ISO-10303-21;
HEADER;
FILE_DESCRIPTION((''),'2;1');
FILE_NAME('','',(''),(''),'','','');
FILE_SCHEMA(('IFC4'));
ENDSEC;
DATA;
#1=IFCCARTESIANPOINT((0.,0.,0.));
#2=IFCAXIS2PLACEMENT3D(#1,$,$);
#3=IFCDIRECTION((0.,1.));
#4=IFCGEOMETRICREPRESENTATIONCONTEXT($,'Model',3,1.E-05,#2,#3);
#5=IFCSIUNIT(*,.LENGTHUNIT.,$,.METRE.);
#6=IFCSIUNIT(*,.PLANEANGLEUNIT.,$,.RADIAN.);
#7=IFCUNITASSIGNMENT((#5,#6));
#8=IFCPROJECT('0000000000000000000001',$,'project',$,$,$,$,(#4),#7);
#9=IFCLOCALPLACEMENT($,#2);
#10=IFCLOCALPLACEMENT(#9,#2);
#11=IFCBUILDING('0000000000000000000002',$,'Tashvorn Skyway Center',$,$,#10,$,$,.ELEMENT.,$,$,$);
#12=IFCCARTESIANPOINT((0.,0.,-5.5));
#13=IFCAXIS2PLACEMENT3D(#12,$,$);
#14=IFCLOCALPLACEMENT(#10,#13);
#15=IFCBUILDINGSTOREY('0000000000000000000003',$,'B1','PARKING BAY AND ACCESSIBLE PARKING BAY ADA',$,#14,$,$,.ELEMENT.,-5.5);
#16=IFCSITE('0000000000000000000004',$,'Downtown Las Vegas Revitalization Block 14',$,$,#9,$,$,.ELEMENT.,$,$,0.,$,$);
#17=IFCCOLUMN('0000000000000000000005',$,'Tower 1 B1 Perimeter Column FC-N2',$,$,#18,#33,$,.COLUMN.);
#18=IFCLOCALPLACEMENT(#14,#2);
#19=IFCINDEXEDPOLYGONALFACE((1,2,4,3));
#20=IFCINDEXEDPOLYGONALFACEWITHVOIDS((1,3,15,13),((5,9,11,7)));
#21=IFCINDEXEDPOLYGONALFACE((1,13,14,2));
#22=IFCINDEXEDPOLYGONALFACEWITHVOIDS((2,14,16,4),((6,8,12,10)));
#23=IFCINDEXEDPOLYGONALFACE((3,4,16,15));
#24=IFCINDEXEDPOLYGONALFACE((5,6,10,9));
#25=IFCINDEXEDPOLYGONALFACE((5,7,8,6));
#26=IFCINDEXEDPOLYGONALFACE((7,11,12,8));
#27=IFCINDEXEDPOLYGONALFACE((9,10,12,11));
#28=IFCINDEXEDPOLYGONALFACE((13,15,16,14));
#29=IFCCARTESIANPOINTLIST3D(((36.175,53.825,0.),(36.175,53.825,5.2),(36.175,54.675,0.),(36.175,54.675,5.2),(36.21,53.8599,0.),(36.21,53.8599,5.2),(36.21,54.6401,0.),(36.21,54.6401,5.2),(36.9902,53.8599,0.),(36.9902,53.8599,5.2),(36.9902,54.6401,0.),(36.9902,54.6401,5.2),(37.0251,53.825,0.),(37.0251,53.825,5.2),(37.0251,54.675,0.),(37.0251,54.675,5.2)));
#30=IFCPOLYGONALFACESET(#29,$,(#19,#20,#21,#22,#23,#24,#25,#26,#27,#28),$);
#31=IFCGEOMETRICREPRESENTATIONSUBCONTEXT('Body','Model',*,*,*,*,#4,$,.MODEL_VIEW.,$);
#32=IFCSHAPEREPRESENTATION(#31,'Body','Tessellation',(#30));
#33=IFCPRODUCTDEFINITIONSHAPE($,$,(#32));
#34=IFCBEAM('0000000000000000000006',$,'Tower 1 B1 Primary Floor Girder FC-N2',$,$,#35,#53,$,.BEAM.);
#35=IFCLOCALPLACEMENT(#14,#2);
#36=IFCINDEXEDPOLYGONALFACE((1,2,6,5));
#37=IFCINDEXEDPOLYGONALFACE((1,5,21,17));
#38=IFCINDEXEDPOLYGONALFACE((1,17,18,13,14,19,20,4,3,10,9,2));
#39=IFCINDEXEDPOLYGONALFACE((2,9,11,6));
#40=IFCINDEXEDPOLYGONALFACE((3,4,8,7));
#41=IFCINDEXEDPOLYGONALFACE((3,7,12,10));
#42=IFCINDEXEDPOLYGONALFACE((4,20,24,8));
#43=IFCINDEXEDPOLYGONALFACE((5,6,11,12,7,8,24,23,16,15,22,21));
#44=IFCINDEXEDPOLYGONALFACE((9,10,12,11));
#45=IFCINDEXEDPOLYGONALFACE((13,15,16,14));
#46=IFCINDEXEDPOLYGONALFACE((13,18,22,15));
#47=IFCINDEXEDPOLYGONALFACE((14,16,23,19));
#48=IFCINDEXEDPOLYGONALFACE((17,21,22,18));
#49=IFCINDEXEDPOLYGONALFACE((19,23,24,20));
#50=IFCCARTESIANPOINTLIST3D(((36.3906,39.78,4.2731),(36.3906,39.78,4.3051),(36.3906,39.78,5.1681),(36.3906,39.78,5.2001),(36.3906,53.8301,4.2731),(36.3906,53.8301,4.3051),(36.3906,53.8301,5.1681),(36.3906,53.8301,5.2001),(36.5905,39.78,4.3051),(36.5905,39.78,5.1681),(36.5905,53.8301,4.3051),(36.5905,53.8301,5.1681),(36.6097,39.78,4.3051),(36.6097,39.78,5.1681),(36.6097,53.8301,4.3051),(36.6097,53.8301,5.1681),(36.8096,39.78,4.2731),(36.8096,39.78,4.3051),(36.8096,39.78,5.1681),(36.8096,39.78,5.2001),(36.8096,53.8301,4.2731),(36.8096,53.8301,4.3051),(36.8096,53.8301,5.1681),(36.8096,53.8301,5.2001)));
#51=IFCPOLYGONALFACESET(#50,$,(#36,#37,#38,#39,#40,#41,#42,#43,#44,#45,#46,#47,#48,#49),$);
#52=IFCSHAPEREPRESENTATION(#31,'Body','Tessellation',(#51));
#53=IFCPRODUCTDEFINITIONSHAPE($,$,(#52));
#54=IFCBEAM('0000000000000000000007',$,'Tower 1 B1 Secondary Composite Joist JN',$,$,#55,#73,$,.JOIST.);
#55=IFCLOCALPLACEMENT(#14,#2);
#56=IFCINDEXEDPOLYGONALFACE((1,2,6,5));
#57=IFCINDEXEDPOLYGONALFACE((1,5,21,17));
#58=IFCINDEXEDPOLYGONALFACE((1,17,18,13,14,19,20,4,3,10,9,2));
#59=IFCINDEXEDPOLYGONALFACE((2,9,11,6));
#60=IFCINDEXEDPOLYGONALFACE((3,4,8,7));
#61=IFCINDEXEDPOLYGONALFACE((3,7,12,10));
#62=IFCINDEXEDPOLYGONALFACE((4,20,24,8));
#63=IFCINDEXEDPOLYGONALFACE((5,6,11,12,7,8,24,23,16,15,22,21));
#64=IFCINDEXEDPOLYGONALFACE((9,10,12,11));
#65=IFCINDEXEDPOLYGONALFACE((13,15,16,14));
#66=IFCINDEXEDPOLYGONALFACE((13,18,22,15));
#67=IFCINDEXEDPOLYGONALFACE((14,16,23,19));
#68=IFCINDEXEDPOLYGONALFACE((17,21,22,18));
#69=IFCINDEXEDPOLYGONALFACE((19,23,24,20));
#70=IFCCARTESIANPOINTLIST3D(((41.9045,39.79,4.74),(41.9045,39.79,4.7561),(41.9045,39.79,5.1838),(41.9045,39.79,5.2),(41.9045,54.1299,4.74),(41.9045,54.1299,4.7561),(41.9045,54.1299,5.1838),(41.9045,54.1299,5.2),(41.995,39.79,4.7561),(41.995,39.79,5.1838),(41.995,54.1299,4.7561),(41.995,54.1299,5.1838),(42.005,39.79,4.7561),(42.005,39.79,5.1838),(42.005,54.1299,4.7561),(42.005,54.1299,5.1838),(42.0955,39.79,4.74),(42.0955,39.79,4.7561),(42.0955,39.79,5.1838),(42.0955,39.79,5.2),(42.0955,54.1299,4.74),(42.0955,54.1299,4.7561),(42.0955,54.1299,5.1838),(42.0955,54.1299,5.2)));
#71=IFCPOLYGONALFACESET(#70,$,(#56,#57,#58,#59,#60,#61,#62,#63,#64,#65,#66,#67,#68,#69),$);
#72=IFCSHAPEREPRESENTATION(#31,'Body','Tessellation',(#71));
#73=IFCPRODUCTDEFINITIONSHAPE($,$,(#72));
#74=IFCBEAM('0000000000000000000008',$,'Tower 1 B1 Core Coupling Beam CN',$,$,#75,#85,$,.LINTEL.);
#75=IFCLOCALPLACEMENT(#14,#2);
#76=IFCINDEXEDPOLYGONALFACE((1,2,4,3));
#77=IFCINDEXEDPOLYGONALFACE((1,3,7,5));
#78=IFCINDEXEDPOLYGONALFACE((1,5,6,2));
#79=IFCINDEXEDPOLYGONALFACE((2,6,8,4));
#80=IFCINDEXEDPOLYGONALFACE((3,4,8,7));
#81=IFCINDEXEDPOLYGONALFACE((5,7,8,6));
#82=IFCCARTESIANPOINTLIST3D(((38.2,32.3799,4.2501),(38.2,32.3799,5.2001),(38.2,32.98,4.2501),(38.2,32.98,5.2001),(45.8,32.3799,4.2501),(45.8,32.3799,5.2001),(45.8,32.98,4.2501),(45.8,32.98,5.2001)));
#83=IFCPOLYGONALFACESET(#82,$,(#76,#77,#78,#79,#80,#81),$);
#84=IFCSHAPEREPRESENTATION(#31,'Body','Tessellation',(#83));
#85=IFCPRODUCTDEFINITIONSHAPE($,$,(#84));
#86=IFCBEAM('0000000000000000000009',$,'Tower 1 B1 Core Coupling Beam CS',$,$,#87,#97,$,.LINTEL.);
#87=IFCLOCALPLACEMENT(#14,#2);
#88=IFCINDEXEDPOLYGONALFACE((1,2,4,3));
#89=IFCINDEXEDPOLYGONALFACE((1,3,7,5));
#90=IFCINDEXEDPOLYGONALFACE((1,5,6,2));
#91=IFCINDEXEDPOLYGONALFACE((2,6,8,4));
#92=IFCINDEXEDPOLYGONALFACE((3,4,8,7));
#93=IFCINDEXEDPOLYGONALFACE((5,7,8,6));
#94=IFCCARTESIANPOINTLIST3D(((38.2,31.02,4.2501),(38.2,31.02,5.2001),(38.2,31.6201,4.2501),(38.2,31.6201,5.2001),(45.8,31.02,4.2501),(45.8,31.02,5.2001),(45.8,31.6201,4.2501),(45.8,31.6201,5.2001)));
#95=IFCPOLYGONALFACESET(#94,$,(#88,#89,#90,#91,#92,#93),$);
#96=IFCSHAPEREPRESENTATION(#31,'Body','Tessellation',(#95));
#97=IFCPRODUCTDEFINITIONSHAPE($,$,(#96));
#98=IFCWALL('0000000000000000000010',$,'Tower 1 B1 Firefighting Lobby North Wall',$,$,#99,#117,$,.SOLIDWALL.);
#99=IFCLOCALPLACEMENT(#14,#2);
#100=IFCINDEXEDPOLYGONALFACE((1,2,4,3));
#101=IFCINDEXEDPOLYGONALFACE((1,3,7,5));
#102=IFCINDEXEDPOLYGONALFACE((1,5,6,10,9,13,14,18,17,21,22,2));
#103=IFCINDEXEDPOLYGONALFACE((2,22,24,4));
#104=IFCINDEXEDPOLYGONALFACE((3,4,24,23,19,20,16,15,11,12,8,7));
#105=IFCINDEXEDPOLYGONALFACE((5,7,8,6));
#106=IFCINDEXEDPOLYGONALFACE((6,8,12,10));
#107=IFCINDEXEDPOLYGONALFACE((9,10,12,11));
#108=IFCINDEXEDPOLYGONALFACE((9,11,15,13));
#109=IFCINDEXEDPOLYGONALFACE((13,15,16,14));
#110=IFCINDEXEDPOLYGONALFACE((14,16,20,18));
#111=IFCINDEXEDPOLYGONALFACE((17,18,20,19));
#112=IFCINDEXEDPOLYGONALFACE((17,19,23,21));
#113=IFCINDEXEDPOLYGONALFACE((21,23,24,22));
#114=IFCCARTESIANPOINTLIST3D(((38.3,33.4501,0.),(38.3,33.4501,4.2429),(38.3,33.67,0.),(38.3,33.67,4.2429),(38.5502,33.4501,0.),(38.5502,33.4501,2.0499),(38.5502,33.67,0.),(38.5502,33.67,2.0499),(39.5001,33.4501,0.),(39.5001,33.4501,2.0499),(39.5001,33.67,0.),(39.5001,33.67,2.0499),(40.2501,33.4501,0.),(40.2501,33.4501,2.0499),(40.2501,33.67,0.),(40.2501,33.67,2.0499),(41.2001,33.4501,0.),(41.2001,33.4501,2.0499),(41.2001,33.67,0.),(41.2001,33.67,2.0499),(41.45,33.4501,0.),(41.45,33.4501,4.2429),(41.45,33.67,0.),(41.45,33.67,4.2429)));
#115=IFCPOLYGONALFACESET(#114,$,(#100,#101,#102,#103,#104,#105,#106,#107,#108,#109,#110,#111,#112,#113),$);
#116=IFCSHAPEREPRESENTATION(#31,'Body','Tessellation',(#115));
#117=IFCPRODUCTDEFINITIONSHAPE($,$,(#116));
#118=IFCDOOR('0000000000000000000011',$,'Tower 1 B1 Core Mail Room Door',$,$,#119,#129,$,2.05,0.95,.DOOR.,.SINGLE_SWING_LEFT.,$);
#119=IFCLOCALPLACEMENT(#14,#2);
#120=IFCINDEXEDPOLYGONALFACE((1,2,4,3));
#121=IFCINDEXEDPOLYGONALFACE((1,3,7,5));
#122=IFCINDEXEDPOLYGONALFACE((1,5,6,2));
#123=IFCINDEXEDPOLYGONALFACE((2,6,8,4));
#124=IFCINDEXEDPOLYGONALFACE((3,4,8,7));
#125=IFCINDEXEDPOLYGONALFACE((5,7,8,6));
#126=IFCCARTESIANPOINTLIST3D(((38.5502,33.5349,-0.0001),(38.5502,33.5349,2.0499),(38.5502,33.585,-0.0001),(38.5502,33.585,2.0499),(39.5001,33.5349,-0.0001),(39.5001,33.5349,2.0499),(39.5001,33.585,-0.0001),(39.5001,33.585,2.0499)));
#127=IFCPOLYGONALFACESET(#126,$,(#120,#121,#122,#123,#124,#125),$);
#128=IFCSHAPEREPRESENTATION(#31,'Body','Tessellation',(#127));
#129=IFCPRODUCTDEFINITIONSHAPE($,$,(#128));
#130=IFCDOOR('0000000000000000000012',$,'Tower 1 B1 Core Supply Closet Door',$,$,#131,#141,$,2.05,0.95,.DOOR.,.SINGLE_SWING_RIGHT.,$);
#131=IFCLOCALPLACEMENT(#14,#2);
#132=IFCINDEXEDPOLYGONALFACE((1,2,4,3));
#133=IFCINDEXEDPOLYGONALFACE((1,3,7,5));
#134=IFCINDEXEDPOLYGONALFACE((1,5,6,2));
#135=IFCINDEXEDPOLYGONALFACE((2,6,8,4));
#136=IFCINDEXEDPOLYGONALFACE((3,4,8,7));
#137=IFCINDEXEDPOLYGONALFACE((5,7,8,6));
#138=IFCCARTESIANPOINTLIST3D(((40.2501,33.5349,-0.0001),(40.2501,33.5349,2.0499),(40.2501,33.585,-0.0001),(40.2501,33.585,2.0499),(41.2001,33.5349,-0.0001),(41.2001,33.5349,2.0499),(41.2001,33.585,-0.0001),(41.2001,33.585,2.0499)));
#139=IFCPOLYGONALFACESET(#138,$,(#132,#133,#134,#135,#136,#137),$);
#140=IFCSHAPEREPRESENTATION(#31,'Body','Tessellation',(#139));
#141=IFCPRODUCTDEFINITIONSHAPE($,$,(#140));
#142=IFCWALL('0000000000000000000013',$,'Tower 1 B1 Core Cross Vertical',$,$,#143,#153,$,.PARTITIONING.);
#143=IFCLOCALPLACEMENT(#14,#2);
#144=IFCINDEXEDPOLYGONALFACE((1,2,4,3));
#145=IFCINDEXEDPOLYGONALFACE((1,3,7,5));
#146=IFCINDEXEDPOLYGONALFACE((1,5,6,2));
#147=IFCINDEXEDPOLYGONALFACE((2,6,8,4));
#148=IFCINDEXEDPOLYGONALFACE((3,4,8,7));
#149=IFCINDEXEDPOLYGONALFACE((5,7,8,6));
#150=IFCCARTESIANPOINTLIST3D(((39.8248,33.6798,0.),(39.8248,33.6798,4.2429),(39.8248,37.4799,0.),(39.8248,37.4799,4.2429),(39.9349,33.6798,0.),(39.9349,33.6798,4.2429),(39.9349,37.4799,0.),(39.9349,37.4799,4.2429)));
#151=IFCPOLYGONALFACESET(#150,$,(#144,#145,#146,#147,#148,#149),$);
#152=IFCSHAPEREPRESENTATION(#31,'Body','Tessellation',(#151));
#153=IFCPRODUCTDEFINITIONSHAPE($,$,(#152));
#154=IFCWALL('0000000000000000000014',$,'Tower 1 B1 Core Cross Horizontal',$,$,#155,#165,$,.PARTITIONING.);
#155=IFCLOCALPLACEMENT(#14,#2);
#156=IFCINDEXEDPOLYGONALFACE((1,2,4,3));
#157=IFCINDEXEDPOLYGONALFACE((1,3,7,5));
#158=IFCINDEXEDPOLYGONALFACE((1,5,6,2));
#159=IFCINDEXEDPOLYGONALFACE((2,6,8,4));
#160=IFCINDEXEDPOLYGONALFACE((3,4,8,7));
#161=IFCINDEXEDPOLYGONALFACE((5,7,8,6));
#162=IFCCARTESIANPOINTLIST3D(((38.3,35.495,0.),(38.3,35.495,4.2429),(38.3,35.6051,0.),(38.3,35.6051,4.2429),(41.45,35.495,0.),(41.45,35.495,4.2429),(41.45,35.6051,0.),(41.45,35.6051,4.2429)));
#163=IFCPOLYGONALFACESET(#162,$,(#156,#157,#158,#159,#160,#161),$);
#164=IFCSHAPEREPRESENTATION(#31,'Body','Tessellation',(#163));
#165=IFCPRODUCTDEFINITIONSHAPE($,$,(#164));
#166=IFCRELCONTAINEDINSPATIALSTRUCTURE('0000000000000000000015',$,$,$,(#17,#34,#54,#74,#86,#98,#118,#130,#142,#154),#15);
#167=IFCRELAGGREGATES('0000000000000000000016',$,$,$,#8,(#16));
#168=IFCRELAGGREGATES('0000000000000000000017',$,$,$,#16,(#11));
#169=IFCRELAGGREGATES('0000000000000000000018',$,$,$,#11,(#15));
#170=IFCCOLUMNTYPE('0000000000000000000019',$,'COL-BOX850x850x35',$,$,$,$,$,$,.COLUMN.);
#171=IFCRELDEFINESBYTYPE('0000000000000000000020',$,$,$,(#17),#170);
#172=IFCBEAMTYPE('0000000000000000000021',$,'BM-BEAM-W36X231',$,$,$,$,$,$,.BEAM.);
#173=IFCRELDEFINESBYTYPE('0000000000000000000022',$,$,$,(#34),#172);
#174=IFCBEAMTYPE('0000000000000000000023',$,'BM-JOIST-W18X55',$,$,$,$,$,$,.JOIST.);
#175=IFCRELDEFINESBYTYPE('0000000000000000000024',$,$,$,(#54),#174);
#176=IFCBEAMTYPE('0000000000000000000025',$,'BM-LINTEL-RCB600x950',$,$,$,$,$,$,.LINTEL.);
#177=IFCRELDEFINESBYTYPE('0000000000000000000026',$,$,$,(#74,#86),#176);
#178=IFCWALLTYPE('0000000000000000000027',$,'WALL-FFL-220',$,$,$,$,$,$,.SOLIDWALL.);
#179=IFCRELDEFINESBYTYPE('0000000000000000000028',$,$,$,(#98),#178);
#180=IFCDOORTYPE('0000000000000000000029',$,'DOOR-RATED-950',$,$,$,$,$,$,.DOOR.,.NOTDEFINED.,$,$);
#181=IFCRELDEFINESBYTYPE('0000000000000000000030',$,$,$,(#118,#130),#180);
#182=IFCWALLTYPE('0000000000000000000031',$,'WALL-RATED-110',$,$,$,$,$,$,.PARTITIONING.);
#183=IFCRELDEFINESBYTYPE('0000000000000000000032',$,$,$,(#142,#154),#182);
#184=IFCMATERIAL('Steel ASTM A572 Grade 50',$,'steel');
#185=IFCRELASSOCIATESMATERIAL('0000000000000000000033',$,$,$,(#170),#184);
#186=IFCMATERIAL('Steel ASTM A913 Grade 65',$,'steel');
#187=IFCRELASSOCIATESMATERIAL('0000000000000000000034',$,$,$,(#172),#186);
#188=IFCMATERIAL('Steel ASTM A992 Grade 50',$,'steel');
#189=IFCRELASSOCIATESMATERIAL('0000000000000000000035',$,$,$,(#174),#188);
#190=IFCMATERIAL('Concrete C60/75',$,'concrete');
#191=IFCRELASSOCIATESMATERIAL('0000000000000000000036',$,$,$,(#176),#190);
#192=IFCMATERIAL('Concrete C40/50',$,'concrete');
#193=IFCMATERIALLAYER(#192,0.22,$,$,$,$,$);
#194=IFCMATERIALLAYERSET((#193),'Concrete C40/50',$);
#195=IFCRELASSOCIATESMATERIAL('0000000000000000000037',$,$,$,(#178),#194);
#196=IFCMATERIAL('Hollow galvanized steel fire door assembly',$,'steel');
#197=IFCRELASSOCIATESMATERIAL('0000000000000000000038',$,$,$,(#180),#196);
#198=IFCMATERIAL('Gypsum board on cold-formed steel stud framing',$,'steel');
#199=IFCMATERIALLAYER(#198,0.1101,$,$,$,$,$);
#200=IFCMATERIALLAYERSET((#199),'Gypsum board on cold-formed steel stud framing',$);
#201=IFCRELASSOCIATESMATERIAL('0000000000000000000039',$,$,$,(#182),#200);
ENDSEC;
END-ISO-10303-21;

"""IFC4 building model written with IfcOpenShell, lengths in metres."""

from ifc_helpers import new_model, si_unit, direction, frame, frame_2d, origin, origin_2d, place, context, subcontext, project, spatial, rectangle, hollow_rectangle, i_section, extrude, material, layer, layer_set, material_profile, profile_set, type_object, element, fill, save


model = new_model("IFC4")

# Units and contexts
model_context = context("Model", 3, precision=1e-05, world=origin(), true_north=direction((0.0, 1.0)))
body_context = subcontext(model_context, "Body", "Model", "MODEL_VIEW")
ifc_project = project(units=[si_unit("LENGTHUNIT", "METRE"), si_unit("PLANEANGLEUNIT", "RADIAN")], contexts=[model_context])

# Site, building, storey
site_placement = place(None, origin())
site = spatial("IfcSite", under=ifc_project, at=site_placement, Name="Downtown Las Vegas Revitalization Block 14", CompositionType="ELEMENT", RefElevation=0.0)
building_placement = place(site_placement, origin())
building = spatial("IfcBuilding", under=site, at=building_placement, Name="Tashvorn Skyway Center", CompositionType="ELEMENT")
storey_placement = place(building_placement, frame((0.0, 0.0, -5.5)))
storey = spatial("IfcBuildingStorey", under=building, at=storey_placement, Name="B1", Description="PARKING BAY AND ACCESSIBLE PARKING BAY ADA", CompositionType="ELEMENT", Elevation=-5.5)

# Column
ifc_material_1 = material(Name="Steel ASTM A572 Grade 50", Category="steel")
ifc_material_profile_1 = material_profile(ifc_material_1, hollow_rectangle(XDim=0.8501, YDim=0.8501, WallThickness=0.0349, at=origin_2d()), Name="BOX850x850x35")
ifc_profile_set_1 = profile_set([ifc_material_profile_1], Name="Steel ASTM A572 Grade 50")
column_type = type_object("IfcColumnType", Name="COL-BOX850x850x35", PredefinedType="COLUMN", material=ifc_profile_set_1)
column_placement = place(storey_placement, frame((36.6001, 54.25, 0.0), z_axis=(0.0, 0.0, 1.0), x_axis=(1.0, 0.0, 0.0)))
element("IfcColumn", 1, at=column_placement, inside=storey, type_object=column_type, Name="Tower 1 B1 Perimeter Column FC-N2", PredefinedType="COLUMN", context=body_context, shape_type="SweptSolid", body=[
    extrude(hollow_rectangle(XDim=0.8501, YDim=0.8501, WallThickness=0.0349, at=origin_2d()), origin(), (0.0, 0.0, 1.0), 5.2),
])

# Beams
ifc_material_2 = material(Name="Steel ASTM A913 Grade 65", Category="steel")
ifc_material_profile_2 = material_profile(ifc_material_2, i_section(OverallWidth=0.4189, OverallDepth=0.927, WebThickness=0.0193, FlangeThickness=0.032, at=origin_2d()), Name="W36X231")
ifc_profile_set_2 = profile_set([ifc_material_profile_2], Name="Steel ASTM A913 Grade 65")
beam_type_1 = type_object("IfcBeamType", Name="BM-BEAM-W36X231", PredefinedType="BEAM", material=ifc_profile_set_2)
beam_1_placement = place(storey_placement, frame((36.6001, 53.8301, 4.7366), z_axis=(0.0, -1.0, 0.0), x_axis=(1.0, 0.0, 0.0)))
element("IfcBeam", 2, at=beam_1_placement, inside=storey, type_object=beam_type_1, Name="Tower 1 B1 Primary Floor Girder FC-N2", PredefinedType="BEAM", context=body_context, shape_type="SweptSolid", body=[
    extrude(i_section(OverallWidth=0.4189, OverallDepth=0.927, WebThickness=0.0193, FlangeThickness=0.032, at=origin_2d()), origin(), (0.0, 0.0, 1.0), 14.05),
])
ifc_material_3 = material(Name="Steel ASTM A992 Grade 50", Category="steel")
ifc_material_profile_3 = material_profile(ifc_material_3, i_section(OverallWidth=0.1909, OverallDepth=0.46, WebThickness=0.01, FlangeThickness=0.0161, at=origin_2d()), Name="W18X55")
ifc_profile_set_3 = profile_set([ifc_material_profile_3], Name="Steel ASTM A992 Grade 50")
beam_type_2 = type_object("IfcBeamType", Name="BM-JOIST-W18X55", PredefinedType="JOIST", material=ifc_profile_set_3)
beam_2_placement = place(storey_placement, frame((42.0, 39.79, 4.97), z_axis=(0.0, 1.0, 0.0), x_axis=(-1.0, 0.0, 0.0)))
element("IfcBeam", 3, at=beam_2_placement, inside=storey, type_object=beam_type_2, Name="Tower 1 B1 Secondary Composite Joist JN", PredefinedType="JOIST", context=body_context, shape_type="SweptSolid", body=[
    extrude(i_section(OverallWidth=0.1909, OverallDepth=0.46, WebThickness=0.01, FlangeThickness=0.0161, at=origin_2d()), origin(), (0.0, 0.0, 1.0), 14.3398),
])
ifc_material_4 = material(Name="Concrete C60/75", Category="concrete")
ifc_material_profile_4 = material_profile(ifc_material_4, rectangle(XDim=0.6001, YDim=0.95, at=origin_2d()), Name="RCB600x950")
ifc_profile_set_4 = profile_set([ifc_material_profile_4], Name="Concrete C60/75")
beam_type_3 = type_object("IfcBeamType", Name="BM-LINTEL-RCB600x950", PredefinedType="LINTEL", material=ifc_profile_set_4)
for number, where, z_axis, x_axis, name in (
    (4, (38.2, 32.6799, 4.7251), (1.0, 0.0, 0.0), (0.0, 1.0, 0.0), "Tower 1 B1 Core Coupling Beam CN"),
    (5, (38.2, 31.3201, 4.7251), (1.0, 0.0, 0.0), (0.0, 1.0, 0.0), "Tower 1 B1 Core Coupling Beam CS"),
):
    element("IfcBeam", number, at=place(storey_placement, frame(where, z_axis=z_axis, x_axis=x_axis)), inside=storey, type_object=beam_type_3, Name=name, PredefinedType="LINTEL", context=body_context, shape_type="SweptSolid", body=[
        extrude(rectangle(XDim=0.6001, YDim=0.95, at=origin_2d()), origin(), (0.0, 0.0, 1.0), 7.6001),
    ])

# Wall, openings, doors
ifc_material_5 = material(Name="Concrete C40/50", Category="concrete")
ifc_layer_1 = layer(ifc_material_5, 0.22)
ifc_layer_set_1 = layer_set([ifc_layer_1], Name="Concrete C40/50")
wall_type_1 = type_object("IfcWallType", Name="WALL-FFL-220", PredefinedType="SOLIDWALL", material=ifc_layer_set_1)
wall_1_placement = place(storey_placement, frame((38.3, 33.5601, 0.0), z_axis=(0.0, 0.0, 1.0), x_axis=(1.0, 0.0, 0.0)))
wall_1 = element("IfcWall", 6, at=wall_1_placement, inside=storey, type_object=wall_type_1, Name="Tower 1 B1 Firefighting Lobby North Wall", PredefinedType="SOLIDWALL", context=body_context, shape_type="SweptSolid", body=[
    extrude(rectangle(XDim=3.1499, YDim=0.22, at=frame_2d((1.575, 0.0))), origin(), (0.0, 0.0, 1.0), 4.2429),
])
opening_1_placement = place(wall_1_placement, frame((0.25, 0.0, 0.0)))
opening_1 = element("IfcOpeningElement", 7, at=opening_1_placement, cuts=wall_1, PredefinedType="OPENING", context=body_context, shape_type="SweptSolid", body=[
    extrude(rectangle(XDim=0.95, YDim=2.05, at=frame_2d((0.4751, 1.0249))), frame((0.0, 0.1199, 0.0), z_axis=(0.0, -1.0, 0.0), x_axis=(1.0, 0.0, 0.0)), (0.0, 0.0, 1.0), 0.24),
])
opening_2_placement = place(wall_1_placement, frame((1.95, 0.0, 0.0)))
opening_2 = element("IfcOpeningElement", 8, at=opening_2_placement, cuts=wall_1, PredefinedType="OPENING", context=body_context, shape_type="SweptSolid", body=[
    extrude(rectangle(XDim=0.95, YDim=2.05, at=frame_2d((0.4751, 1.0249))), frame((0.0, 0.1199, 0.0), z_axis=(0.0, -1.0, 0.0), x_axis=(1.0, 0.0, 0.0)), (0.0, 0.0, 1.0), 0.24),
])
ifc_material_6 = material(Name="Hollow galvanized steel fire door assembly", Category="steel")
door_type_1 = type_object("IfcDoorType", Name="DOOR-RATED-950", OperationType="NOTDEFINED", PredefinedType="DOOR", material=ifc_material_6)
door_1_placement = place(opening_1_placement, origin())
door_1 = element("IfcDoor", 9, at=door_1_placement, inside=storey, type_object=door_type_1, Name="Tower 1 B1 Core Mail Room Door", OperationType="SINGLE_SWING_LEFT", OverallHeight=2.05, OverallWidth=0.95, PredefinedType="DOOR", context=body_context, shape_type="SweptSolid", body=[
    extrude(rectangle(XDim=0.95, YDim=2.05, at=frame_2d((0.4751, 1.0249))), frame((0.0, 0.0249, 0.0), z_axis=(0.0, -1.0, 0.0), x_axis=(1.0, 0.0, 0.0)), (0.0, 0.0, 1.0), 0.05),
])
fill(opening_1, door_1)
door_2_placement = place(opening_2_placement, origin())
door_2 = element("IfcDoor", 10, at=door_2_placement, inside=storey, type_object=door_type_1, Name="Tower 1 B1 Core Supply Closet Door", OperationType="SINGLE_SWING_RIGHT", OverallHeight=2.05, OverallWidth=0.95, PredefinedType="DOOR", context=body_context, shape_type="SweptSolid", body=[
    extrude(rectangle(XDim=0.95, YDim=2.05, at=frame_2d((0.4751, 1.0249))), frame((0.0, 0.0249, 0.0), z_axis=(0.0, -1.0, 0.0), x_axis=(1.0, 0.0, 0.0)), (0.0, 0.0, 1.0), 0.05),
])
fill(opening_2, door_2)

# Walls
ifc_material_7 = material(Name="Gypsum board on cold-formed steel stud framing", Category="steel")
ifc_layer_2 = layer(ifc_material_7, 0.1101)
ifc_layer_set_2 = layer_set([ifc_layer_2], Name="Gypsum board on cold-formed steel stud framing")
wall_type_2 = type_object("IfcWallType", Name="WALL-RATED-110", PredefinedType="PARTITIONING", material=ifc_layer_set_2)
wall_2_placement = place(storey_placement, frame((39.8799, 33.6799, 0.0), z_axis=(0.0, 0.0, 1.0), x_axis=(0.0, 1.0, 0.0)))
element("IfcWall", 11, at=wall_2_placement, inside=storey, type_object=wall_type_2, Name="Tower 1 B1 Core Cross Vertical", PredefinedType="PARTITIONING", context=body_context, shape_type="SweptSolid", body=[
    extrude(rectangle(XDim=3.8, YDim=0.1101, at=frame_2d((1.8999, 0.0))), origin(), (0.0, 0.0, 1.0), 4.2429),
])
wall_3_placement = place(storey_placement, frame((38.3, 35.55, 0.0), z_axis=(0.0, 0.0, 1.0), x_axis=(1.0, 0.0, 0.0)))
element("IfcWall", 12, at=wall_3_placement, inside=storey, type_object=wall_type_2, Name="Tower 1 B1 Core Cross Horizontal", PredefinedType="PARTITIONING", context=body_context, shape_type="SweptSolid", body=[
    extrude(rectangle(XDim=3.1499, YDim=0.1101, at=frame_2d((1.575, 0.0))), origin(), (0.0, 0.0, 1.0), 4.2429),
])

save(model, "model.ifc")
